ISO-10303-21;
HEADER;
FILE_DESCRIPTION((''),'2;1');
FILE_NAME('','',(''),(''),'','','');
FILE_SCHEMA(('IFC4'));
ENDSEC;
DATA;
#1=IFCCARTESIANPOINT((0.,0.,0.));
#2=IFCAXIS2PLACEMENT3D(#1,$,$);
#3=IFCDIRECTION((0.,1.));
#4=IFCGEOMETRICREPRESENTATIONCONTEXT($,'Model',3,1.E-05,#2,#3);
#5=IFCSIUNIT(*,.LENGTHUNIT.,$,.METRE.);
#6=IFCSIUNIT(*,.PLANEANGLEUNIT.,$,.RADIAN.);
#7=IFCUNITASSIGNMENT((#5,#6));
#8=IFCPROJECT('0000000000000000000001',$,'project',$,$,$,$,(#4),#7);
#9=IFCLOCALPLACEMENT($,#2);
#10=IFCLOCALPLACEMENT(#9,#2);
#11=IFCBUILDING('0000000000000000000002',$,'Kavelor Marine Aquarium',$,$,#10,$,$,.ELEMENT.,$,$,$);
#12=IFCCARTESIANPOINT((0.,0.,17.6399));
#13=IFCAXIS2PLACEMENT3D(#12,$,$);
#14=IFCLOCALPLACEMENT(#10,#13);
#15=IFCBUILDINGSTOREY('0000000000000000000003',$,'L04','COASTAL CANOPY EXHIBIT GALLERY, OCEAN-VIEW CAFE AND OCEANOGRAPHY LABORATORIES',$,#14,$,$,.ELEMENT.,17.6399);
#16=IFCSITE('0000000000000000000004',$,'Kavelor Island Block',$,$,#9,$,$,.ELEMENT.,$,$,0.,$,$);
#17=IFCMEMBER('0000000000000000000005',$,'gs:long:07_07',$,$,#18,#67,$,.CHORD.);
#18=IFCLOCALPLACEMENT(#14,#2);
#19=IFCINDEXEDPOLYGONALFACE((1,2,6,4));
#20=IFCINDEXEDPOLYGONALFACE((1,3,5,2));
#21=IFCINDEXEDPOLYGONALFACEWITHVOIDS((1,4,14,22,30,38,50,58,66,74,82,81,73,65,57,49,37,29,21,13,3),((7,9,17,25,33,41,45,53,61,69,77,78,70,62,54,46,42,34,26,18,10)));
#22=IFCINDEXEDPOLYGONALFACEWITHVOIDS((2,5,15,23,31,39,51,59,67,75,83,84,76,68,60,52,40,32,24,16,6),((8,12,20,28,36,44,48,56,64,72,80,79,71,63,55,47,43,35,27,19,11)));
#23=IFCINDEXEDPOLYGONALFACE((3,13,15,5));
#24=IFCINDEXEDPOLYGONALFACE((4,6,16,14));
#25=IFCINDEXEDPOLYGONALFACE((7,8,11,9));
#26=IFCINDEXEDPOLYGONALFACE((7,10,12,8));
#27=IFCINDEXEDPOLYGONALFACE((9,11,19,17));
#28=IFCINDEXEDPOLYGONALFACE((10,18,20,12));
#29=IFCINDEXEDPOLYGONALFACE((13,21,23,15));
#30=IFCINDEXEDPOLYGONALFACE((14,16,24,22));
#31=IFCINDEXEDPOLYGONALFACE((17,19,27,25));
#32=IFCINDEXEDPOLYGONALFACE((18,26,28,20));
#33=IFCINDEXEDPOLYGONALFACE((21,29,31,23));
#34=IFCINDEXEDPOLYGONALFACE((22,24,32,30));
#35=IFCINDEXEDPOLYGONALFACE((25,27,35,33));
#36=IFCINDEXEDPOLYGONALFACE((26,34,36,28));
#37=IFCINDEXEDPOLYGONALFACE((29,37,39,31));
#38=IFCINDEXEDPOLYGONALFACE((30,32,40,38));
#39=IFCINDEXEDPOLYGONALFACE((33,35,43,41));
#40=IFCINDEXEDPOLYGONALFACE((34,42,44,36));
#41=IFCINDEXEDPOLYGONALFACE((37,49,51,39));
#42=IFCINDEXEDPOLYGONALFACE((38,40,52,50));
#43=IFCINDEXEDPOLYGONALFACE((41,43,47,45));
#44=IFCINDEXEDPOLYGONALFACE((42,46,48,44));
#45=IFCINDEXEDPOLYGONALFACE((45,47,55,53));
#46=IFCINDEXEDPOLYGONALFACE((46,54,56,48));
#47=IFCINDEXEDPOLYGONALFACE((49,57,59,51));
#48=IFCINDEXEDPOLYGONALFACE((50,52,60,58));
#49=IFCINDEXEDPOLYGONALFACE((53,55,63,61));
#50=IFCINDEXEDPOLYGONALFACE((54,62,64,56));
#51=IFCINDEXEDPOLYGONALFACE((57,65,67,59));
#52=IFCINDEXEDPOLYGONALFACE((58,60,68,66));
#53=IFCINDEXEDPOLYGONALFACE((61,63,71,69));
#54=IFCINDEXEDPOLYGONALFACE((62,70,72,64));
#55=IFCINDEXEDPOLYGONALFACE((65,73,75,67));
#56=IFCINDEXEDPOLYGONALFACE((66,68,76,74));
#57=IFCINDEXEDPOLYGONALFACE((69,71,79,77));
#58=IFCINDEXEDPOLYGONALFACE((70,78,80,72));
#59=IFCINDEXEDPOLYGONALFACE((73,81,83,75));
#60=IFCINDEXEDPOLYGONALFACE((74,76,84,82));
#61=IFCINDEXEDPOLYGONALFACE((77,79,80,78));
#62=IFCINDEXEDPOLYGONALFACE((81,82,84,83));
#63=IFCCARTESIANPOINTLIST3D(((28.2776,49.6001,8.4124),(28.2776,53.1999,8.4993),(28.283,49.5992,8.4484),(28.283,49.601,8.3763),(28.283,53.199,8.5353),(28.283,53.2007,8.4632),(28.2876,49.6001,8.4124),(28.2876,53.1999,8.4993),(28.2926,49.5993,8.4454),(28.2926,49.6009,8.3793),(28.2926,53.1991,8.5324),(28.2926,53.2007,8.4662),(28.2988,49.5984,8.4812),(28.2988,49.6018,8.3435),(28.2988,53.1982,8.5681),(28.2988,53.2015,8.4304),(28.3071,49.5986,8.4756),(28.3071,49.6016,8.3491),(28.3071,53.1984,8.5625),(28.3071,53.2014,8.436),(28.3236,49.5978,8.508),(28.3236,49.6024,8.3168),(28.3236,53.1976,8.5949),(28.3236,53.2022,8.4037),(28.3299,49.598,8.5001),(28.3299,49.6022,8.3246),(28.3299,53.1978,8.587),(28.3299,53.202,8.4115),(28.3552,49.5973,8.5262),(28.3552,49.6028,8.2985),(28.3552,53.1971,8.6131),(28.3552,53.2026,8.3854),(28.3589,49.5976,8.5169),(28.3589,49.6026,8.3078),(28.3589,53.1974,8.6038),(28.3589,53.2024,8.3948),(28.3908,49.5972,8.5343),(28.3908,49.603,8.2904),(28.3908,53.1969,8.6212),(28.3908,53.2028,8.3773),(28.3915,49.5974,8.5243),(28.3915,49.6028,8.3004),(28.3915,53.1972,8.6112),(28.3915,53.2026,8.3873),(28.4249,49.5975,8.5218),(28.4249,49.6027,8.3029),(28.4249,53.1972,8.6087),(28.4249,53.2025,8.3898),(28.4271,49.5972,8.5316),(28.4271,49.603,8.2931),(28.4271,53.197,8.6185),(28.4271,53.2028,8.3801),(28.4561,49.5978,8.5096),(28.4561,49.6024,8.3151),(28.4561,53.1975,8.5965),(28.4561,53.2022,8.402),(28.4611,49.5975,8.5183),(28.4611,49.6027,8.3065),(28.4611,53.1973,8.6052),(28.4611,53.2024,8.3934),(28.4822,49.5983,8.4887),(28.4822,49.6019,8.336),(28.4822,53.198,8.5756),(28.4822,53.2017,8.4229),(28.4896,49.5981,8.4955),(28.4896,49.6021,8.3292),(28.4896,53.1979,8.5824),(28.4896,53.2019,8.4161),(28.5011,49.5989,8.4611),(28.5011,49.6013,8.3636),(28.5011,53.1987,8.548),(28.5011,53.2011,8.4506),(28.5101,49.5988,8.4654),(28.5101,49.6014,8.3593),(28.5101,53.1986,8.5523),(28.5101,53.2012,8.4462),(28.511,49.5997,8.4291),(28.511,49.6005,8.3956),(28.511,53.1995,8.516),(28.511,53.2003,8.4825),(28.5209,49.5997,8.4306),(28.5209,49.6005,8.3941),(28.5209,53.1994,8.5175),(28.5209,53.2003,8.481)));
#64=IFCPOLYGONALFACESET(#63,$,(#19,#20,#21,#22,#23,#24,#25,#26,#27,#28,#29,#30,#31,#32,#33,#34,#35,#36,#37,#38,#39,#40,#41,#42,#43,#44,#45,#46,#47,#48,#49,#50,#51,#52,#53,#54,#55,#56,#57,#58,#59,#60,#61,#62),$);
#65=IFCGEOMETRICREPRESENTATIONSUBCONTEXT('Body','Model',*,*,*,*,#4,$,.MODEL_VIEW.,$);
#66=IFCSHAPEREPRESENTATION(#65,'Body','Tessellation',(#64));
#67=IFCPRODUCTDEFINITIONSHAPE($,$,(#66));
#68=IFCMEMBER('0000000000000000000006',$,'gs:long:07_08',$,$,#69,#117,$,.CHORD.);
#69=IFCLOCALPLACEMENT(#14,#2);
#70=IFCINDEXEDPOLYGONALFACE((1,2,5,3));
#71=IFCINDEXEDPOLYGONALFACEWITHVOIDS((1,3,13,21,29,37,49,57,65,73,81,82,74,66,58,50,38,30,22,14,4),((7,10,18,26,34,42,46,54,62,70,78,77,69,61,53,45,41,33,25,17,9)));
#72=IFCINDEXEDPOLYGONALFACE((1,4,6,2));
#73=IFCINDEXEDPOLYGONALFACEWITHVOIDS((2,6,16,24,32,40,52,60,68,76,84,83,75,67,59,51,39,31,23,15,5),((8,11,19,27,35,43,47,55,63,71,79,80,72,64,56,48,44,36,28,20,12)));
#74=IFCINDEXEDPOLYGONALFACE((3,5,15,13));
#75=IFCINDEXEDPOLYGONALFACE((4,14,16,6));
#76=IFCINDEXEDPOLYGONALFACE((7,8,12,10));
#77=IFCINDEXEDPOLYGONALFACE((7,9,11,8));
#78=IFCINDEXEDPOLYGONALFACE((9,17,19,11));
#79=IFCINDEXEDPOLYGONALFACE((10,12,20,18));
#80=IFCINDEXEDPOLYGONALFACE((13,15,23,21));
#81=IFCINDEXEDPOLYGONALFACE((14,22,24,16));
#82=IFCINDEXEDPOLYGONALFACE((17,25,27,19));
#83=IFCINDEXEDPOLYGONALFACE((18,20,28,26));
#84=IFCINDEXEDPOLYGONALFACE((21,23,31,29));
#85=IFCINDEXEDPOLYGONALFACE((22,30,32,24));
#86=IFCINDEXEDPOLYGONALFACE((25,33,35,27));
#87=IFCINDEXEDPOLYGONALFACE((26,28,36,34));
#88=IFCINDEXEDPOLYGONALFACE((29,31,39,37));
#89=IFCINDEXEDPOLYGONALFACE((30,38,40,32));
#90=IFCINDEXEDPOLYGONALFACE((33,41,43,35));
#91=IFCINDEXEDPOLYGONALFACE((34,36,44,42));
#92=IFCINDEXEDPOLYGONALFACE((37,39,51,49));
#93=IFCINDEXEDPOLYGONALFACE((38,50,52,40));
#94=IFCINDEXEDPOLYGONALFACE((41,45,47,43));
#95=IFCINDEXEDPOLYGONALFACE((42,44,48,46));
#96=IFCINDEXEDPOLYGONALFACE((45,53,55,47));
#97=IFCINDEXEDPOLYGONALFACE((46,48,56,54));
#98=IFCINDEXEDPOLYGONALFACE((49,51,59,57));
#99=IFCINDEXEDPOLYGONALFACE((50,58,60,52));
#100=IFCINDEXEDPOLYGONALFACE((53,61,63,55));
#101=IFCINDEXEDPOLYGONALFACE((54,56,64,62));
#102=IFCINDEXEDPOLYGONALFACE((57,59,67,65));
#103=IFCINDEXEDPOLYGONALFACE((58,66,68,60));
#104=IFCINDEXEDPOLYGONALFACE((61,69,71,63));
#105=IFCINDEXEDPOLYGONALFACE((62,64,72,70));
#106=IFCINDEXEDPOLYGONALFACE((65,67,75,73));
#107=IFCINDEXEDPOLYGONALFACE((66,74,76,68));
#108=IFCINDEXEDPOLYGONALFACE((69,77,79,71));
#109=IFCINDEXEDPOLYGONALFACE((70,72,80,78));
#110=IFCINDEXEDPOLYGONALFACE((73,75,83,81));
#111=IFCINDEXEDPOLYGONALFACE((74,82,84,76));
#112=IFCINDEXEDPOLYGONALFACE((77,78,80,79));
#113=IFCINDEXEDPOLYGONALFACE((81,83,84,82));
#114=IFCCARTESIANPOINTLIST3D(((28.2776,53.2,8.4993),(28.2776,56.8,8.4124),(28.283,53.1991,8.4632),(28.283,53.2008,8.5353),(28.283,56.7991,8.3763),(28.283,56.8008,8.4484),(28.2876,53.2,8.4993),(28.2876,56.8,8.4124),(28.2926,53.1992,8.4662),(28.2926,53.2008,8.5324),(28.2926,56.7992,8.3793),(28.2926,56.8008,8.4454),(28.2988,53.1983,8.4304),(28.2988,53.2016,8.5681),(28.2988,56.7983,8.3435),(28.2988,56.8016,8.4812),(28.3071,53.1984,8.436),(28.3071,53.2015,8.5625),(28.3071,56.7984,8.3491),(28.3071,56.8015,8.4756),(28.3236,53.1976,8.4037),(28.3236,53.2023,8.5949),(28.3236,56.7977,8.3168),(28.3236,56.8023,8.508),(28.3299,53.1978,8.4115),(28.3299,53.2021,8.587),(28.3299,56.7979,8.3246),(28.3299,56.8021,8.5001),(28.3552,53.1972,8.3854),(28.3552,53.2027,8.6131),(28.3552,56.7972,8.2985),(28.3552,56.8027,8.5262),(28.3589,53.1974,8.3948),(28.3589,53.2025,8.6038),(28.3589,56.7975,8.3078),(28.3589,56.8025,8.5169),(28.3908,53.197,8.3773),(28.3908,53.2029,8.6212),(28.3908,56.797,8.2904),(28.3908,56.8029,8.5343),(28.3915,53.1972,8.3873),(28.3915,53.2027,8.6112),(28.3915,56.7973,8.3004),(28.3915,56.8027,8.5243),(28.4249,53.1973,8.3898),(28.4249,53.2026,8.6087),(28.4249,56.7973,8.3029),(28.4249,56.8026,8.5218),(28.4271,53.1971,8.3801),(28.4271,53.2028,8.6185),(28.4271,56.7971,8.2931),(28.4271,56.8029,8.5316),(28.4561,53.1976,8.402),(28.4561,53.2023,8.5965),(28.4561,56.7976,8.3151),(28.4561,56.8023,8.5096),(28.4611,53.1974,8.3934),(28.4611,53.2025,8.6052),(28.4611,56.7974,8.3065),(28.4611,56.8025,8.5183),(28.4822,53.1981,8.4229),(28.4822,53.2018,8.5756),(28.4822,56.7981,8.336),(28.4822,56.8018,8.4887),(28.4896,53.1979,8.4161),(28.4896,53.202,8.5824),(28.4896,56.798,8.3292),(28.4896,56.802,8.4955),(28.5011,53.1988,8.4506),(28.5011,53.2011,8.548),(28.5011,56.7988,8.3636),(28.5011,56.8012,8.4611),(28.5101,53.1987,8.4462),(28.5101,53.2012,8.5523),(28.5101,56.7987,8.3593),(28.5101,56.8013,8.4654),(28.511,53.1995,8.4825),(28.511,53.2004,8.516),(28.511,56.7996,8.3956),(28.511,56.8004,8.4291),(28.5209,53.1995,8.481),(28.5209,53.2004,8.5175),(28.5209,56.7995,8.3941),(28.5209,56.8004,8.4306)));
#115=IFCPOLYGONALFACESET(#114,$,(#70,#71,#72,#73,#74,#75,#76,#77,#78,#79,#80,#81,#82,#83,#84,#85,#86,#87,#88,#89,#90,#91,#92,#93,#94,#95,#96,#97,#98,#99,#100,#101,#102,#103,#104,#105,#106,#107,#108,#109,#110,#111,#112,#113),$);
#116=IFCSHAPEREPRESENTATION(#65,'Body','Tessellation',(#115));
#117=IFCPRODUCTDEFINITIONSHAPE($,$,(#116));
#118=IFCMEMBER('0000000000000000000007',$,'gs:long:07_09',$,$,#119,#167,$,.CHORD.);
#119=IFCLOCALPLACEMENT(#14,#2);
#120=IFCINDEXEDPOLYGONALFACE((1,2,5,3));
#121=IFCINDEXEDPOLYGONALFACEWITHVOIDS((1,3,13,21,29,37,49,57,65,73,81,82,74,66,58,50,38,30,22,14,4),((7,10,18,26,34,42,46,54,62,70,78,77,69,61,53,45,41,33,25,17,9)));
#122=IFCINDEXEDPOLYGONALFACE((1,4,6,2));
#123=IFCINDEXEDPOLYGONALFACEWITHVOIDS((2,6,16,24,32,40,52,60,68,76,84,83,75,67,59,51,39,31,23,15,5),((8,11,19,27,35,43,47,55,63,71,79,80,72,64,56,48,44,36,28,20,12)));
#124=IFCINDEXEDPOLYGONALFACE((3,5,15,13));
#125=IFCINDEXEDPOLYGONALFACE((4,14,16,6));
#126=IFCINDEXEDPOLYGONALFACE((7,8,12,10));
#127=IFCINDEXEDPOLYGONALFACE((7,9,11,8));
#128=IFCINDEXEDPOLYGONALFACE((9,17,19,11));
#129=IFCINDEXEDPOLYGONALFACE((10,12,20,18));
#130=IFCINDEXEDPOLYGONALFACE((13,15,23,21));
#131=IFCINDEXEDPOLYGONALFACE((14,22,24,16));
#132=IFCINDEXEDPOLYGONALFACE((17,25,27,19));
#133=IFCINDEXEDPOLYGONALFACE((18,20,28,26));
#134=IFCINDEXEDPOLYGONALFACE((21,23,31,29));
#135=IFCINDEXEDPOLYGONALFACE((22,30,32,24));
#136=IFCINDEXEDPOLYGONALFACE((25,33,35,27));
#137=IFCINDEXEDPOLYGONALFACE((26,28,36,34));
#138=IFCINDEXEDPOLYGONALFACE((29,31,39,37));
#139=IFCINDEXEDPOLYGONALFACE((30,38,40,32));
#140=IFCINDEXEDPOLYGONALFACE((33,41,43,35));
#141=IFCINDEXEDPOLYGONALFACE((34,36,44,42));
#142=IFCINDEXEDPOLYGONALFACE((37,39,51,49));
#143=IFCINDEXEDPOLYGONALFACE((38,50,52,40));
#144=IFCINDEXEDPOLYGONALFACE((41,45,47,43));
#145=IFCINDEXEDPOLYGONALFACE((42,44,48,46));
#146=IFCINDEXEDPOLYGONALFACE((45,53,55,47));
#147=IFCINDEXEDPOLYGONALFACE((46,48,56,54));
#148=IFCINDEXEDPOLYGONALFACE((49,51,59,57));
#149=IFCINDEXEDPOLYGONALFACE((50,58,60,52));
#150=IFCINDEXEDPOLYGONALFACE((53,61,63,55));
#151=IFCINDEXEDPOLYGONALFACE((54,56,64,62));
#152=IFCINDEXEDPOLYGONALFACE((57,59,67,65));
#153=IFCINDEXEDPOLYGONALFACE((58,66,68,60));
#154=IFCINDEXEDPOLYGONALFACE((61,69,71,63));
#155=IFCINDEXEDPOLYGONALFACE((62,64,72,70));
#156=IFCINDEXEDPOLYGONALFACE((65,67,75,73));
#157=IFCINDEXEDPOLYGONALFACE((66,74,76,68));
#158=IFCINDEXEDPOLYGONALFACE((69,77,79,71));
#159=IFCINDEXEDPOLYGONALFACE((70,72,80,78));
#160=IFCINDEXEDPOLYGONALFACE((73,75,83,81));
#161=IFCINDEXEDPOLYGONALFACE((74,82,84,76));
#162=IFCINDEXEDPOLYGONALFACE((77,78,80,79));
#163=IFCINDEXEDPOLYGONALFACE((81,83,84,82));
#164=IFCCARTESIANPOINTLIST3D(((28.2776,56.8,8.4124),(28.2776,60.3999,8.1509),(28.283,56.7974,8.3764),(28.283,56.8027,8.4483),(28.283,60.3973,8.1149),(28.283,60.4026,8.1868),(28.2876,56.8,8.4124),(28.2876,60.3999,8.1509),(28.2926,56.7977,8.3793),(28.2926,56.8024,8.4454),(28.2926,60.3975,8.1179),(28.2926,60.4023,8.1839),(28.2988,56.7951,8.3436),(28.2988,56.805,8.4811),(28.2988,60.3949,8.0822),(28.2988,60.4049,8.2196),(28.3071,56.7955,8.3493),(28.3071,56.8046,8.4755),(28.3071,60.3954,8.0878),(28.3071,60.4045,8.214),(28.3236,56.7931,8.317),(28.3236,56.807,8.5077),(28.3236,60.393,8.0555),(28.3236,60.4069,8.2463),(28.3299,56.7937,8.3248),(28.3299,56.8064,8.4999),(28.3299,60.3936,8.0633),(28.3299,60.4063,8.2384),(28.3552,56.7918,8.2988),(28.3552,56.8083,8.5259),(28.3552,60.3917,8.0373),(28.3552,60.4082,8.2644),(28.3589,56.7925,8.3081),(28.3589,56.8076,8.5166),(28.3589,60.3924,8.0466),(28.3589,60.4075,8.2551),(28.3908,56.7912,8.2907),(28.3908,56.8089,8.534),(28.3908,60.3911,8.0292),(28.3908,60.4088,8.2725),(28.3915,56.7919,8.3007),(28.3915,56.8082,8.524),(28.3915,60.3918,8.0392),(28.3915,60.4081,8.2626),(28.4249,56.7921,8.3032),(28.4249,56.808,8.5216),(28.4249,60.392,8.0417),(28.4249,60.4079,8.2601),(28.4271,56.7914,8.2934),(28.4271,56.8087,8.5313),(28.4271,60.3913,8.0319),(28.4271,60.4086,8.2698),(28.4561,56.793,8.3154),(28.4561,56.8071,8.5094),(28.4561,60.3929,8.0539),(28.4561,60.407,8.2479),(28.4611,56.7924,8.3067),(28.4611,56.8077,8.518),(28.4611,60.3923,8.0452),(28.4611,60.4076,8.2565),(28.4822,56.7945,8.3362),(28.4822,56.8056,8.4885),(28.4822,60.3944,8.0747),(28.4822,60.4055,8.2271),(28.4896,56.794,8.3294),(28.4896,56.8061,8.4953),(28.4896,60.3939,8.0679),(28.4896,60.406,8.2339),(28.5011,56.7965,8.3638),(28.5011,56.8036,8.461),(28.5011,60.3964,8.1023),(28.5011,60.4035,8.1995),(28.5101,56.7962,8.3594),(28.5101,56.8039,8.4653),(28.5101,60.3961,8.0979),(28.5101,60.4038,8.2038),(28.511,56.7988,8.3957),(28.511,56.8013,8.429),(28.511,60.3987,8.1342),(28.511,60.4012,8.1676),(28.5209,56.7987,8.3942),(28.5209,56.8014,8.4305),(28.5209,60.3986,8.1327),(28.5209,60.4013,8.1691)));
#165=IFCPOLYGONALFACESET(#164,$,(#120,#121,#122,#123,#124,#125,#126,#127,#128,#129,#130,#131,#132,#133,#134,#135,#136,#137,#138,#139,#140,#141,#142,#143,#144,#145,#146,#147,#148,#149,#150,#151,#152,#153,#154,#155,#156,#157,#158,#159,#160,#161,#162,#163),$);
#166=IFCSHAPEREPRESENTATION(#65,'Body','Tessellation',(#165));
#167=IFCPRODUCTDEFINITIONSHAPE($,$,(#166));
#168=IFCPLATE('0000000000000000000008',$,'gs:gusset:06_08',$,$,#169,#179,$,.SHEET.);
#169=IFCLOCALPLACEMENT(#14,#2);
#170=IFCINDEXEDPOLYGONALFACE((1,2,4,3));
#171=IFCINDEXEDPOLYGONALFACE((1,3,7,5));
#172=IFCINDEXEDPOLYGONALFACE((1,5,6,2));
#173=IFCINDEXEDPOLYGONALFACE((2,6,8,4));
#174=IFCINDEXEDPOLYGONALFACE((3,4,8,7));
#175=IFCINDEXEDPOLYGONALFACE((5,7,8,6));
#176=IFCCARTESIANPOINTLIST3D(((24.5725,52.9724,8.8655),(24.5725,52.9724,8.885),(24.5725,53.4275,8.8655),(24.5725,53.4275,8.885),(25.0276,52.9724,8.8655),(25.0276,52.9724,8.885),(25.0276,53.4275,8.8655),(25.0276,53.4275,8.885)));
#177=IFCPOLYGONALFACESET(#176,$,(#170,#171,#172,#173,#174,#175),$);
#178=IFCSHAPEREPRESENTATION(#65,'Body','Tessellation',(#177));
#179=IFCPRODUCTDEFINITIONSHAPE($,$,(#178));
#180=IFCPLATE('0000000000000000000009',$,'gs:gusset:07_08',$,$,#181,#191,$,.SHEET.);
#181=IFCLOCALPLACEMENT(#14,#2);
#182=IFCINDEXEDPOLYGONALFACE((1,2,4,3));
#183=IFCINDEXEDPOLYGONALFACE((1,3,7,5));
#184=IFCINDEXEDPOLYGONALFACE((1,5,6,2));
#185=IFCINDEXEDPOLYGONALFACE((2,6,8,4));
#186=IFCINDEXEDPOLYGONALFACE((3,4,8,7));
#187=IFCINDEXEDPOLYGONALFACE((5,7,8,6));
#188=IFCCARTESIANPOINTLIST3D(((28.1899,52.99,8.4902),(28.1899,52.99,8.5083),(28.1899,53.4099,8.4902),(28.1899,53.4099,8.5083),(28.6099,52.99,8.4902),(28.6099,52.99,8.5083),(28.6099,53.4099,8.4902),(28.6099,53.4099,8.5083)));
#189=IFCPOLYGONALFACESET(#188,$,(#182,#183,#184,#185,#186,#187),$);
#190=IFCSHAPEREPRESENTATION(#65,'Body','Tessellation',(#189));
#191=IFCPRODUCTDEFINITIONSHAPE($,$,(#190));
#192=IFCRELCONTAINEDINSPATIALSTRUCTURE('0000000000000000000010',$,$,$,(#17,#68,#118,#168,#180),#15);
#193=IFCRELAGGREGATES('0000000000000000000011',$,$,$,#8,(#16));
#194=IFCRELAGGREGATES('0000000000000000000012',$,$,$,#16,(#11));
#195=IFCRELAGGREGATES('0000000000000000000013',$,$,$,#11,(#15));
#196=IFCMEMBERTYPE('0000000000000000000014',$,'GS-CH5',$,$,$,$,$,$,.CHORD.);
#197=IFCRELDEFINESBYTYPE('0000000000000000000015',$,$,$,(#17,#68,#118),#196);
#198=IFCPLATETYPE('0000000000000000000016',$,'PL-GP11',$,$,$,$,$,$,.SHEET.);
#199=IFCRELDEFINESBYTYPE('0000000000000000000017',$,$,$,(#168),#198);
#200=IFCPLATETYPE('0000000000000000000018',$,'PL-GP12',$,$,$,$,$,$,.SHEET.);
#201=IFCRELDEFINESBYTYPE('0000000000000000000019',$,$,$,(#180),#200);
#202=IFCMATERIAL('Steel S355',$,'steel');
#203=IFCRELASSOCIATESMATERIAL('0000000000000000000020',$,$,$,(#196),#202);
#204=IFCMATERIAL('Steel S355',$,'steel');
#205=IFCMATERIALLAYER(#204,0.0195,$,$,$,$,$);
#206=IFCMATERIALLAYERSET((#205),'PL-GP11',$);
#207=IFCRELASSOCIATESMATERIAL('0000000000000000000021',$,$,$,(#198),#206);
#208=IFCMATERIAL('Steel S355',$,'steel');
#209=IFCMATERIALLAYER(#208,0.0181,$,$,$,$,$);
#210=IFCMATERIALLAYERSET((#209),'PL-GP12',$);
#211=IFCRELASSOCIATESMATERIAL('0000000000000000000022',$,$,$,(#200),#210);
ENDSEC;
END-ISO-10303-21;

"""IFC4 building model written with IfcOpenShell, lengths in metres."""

from ifc_helpers import new_model, si_unit, direction, frame, origin, origin_2d, place, context, subcontext, project, spatial, rectangle, hollow_circle, extrude, material, layer, layer_set, material_profile, profile_set, type_object, element, save


model = new_model("IFC4")

# Units and contexts
model_context = context("Model", 3, precision=1e-05, world=origin(), true_north=direction((0.0, 1.0)))
body_context = subcontext(model_context, "Body", "Model", "MODEL_VIEW")
ifc_project = project(units=[si_unit("LENGTHUNIT", "METRE"), si_unit("PLANEANGLEUNIT", "RADIAN")], contexts=[model_context])

# Site, building, storey
site_placement = place(None, origin())
site = spatial("IfcSite", under=ifc_project, at=site_placement, Name="Kavelor Island Block", CompositionType="ELEMENT", RefElevation=0.0)
building_placement = place(site_placement, origin())
building = spatial("IfcBuilding", under=site, at=building_placement, Name="Kavelor Marine Aquarium", CompositionType="ELEMENT")
storey_placement = place(building_placement, frame((0.0, 0.0, 17.6399)))
storey = spatial("IfcBuildingStorey", under=building, at=storey_placement, Name="L04", Description="COASTAL CANOPY EXHIBIT GALLERY, OCEAN-VIEW CAFE AND OCEANOGRAPHY LABORATORIES", CompositionType="ELEMENT", Elevation=17.6399)

# Members
ifc_material_1 = material(Name="Steel S355", Category="steel")
ifc_material_profile_1 = material_profile(ifc_material_1, hollow_circle(Radius=0.1223, WallThickness=0.01, at=origin_2d()), Name="CHS 244.5x10.0")
ifc_profile_set_1 = profile_set([ifc_material_profile_1], Name="Steel S355")
member_type_1 = type_object("IfcMemberType", Name="GS-CH5", PredefinedType="CHORD", material=ifc_profile_set_1)
member_1_placement = place(storey_placement, frame((28.3999, 49.6001, 8.4124), z_axis=(0.0, 0.999709, 0.024137), x_axis=(-1.0, 0.0, 0.0)))
element("IfcMember", 1, at=member_1_placement, inside=storey, type_object=member_type_1, Name="gs:long:07_07", PredefinedType="CHORD", context=body_context, shape_type="SweptSolid", body=[
    extrude(hollow_circle(Radius=0.1223, WallThickness=0.01, at=origin_2d()), origin(), (0.0, 0.0, 1.0), 3.6008),
])
member_2_placement = place(storey_placement, frame((28.3999, 53.2, 8.4993), z_axis=(0.0, 0.999709, -0.024135), x_axis=(-1.0, 0.0, 0.0)))
element("IfcMember", 2, at=member_2_placement, inside=storey, type_object=member_type_1, Name="gs:long:07_08", PredefinedType="CHORD", context=body_context, shape_type="SweptSolid", body=[
    extrude(hollow_circle(Radius=0.1223, WallThickness=0.01, at=origin_2d()), origin(), (0.0, 0.0, 1.0), 3.6011),
])
member_3_placement = place(storey_placement, frame((28.3999, 56.8, 8.4124), z_axis=(0.0, 0.997372, -0.072444), x_axis=(-1.0, 0.0, 0.0)))
element("IfcMember", 3, at=member_3_placement, inside=storey, type_object=member_type_1, Name="gs:long:07_09", PredefinedType="CHORD", context=body_context, shape_type="SweptSolid", body=[
    extrude(hollow_circle(Radius=0.1223, WallThickness=0.01, at=origin_2d()), origin(), (0.0, 0.0, 1.0), 3.6094),
])

# Plates
ifc_material_2 = material(Name="Steel S355", Category="steel")
ifc_layer_1 = layer(ifc_material_2, 0.0195)
ifc_layer_set_1 = layer_set([ifc_layer_1], Name="PL-GP11")
plate_type_1 = type_object("IfcPlateType", Name="PL-GP11", PredefinedType="SHEET", material=ifc_layer_set_1)
plate_1_placement = place(storey_placement, frame((24.8, 53.2, 8.8655), z_axis=(0.0, 0.0, 1.0), x_axis=(1.0, 0.0, 0.0)))
element("IfcPlate", 4, at=plate_1_placement, inside=storey, type_object=plate_type_1, Name="gs:gusset:06_08", PredefinedType="SHEET", context=body_context, shape_type="SweptSolid", body=[
    extrude(rectangle(XDim=0.4551, YDim=0.4551, at=origin_2d()), origin(), (0.0, 0.0, 1.0), 0.0195),
])
ifc_material_3 = material(Name="Steel S355", Category="steel")
ifc_layer_2 = layer(ifc_material_3, 0.0181)
ifc_layer_set_2 = layer_set([ifc_layer_2], Name="PL-GP12")
plate_type_2 = type_object("IfcPlateType", Name="PL-GP12", PredefinedType="SHEET", material=ifc_layer_set_2)
plate_2_placement = place(storey_placement, frame((28.3999, 53.2, 8.4902), z_axis=(0.0, 0.0, 1.0), x_axis=(1.0, 0.0, 0.0)))
element("IfcPlate", 5, at=plate_2_placement, inside=storey, type_object=plate_type_2, Name="gs:gusset:07_08", PredefinedType="SHEET", context=body_context, shape_type="SweptSolid", body=[
    extrude(rectangle(XDim=0.4199, YDim=0.4199, at=origin_2d()), origin(), (0.0, 0.0, 1.0), 0.0181),
])

save(model, "model.ifc")
